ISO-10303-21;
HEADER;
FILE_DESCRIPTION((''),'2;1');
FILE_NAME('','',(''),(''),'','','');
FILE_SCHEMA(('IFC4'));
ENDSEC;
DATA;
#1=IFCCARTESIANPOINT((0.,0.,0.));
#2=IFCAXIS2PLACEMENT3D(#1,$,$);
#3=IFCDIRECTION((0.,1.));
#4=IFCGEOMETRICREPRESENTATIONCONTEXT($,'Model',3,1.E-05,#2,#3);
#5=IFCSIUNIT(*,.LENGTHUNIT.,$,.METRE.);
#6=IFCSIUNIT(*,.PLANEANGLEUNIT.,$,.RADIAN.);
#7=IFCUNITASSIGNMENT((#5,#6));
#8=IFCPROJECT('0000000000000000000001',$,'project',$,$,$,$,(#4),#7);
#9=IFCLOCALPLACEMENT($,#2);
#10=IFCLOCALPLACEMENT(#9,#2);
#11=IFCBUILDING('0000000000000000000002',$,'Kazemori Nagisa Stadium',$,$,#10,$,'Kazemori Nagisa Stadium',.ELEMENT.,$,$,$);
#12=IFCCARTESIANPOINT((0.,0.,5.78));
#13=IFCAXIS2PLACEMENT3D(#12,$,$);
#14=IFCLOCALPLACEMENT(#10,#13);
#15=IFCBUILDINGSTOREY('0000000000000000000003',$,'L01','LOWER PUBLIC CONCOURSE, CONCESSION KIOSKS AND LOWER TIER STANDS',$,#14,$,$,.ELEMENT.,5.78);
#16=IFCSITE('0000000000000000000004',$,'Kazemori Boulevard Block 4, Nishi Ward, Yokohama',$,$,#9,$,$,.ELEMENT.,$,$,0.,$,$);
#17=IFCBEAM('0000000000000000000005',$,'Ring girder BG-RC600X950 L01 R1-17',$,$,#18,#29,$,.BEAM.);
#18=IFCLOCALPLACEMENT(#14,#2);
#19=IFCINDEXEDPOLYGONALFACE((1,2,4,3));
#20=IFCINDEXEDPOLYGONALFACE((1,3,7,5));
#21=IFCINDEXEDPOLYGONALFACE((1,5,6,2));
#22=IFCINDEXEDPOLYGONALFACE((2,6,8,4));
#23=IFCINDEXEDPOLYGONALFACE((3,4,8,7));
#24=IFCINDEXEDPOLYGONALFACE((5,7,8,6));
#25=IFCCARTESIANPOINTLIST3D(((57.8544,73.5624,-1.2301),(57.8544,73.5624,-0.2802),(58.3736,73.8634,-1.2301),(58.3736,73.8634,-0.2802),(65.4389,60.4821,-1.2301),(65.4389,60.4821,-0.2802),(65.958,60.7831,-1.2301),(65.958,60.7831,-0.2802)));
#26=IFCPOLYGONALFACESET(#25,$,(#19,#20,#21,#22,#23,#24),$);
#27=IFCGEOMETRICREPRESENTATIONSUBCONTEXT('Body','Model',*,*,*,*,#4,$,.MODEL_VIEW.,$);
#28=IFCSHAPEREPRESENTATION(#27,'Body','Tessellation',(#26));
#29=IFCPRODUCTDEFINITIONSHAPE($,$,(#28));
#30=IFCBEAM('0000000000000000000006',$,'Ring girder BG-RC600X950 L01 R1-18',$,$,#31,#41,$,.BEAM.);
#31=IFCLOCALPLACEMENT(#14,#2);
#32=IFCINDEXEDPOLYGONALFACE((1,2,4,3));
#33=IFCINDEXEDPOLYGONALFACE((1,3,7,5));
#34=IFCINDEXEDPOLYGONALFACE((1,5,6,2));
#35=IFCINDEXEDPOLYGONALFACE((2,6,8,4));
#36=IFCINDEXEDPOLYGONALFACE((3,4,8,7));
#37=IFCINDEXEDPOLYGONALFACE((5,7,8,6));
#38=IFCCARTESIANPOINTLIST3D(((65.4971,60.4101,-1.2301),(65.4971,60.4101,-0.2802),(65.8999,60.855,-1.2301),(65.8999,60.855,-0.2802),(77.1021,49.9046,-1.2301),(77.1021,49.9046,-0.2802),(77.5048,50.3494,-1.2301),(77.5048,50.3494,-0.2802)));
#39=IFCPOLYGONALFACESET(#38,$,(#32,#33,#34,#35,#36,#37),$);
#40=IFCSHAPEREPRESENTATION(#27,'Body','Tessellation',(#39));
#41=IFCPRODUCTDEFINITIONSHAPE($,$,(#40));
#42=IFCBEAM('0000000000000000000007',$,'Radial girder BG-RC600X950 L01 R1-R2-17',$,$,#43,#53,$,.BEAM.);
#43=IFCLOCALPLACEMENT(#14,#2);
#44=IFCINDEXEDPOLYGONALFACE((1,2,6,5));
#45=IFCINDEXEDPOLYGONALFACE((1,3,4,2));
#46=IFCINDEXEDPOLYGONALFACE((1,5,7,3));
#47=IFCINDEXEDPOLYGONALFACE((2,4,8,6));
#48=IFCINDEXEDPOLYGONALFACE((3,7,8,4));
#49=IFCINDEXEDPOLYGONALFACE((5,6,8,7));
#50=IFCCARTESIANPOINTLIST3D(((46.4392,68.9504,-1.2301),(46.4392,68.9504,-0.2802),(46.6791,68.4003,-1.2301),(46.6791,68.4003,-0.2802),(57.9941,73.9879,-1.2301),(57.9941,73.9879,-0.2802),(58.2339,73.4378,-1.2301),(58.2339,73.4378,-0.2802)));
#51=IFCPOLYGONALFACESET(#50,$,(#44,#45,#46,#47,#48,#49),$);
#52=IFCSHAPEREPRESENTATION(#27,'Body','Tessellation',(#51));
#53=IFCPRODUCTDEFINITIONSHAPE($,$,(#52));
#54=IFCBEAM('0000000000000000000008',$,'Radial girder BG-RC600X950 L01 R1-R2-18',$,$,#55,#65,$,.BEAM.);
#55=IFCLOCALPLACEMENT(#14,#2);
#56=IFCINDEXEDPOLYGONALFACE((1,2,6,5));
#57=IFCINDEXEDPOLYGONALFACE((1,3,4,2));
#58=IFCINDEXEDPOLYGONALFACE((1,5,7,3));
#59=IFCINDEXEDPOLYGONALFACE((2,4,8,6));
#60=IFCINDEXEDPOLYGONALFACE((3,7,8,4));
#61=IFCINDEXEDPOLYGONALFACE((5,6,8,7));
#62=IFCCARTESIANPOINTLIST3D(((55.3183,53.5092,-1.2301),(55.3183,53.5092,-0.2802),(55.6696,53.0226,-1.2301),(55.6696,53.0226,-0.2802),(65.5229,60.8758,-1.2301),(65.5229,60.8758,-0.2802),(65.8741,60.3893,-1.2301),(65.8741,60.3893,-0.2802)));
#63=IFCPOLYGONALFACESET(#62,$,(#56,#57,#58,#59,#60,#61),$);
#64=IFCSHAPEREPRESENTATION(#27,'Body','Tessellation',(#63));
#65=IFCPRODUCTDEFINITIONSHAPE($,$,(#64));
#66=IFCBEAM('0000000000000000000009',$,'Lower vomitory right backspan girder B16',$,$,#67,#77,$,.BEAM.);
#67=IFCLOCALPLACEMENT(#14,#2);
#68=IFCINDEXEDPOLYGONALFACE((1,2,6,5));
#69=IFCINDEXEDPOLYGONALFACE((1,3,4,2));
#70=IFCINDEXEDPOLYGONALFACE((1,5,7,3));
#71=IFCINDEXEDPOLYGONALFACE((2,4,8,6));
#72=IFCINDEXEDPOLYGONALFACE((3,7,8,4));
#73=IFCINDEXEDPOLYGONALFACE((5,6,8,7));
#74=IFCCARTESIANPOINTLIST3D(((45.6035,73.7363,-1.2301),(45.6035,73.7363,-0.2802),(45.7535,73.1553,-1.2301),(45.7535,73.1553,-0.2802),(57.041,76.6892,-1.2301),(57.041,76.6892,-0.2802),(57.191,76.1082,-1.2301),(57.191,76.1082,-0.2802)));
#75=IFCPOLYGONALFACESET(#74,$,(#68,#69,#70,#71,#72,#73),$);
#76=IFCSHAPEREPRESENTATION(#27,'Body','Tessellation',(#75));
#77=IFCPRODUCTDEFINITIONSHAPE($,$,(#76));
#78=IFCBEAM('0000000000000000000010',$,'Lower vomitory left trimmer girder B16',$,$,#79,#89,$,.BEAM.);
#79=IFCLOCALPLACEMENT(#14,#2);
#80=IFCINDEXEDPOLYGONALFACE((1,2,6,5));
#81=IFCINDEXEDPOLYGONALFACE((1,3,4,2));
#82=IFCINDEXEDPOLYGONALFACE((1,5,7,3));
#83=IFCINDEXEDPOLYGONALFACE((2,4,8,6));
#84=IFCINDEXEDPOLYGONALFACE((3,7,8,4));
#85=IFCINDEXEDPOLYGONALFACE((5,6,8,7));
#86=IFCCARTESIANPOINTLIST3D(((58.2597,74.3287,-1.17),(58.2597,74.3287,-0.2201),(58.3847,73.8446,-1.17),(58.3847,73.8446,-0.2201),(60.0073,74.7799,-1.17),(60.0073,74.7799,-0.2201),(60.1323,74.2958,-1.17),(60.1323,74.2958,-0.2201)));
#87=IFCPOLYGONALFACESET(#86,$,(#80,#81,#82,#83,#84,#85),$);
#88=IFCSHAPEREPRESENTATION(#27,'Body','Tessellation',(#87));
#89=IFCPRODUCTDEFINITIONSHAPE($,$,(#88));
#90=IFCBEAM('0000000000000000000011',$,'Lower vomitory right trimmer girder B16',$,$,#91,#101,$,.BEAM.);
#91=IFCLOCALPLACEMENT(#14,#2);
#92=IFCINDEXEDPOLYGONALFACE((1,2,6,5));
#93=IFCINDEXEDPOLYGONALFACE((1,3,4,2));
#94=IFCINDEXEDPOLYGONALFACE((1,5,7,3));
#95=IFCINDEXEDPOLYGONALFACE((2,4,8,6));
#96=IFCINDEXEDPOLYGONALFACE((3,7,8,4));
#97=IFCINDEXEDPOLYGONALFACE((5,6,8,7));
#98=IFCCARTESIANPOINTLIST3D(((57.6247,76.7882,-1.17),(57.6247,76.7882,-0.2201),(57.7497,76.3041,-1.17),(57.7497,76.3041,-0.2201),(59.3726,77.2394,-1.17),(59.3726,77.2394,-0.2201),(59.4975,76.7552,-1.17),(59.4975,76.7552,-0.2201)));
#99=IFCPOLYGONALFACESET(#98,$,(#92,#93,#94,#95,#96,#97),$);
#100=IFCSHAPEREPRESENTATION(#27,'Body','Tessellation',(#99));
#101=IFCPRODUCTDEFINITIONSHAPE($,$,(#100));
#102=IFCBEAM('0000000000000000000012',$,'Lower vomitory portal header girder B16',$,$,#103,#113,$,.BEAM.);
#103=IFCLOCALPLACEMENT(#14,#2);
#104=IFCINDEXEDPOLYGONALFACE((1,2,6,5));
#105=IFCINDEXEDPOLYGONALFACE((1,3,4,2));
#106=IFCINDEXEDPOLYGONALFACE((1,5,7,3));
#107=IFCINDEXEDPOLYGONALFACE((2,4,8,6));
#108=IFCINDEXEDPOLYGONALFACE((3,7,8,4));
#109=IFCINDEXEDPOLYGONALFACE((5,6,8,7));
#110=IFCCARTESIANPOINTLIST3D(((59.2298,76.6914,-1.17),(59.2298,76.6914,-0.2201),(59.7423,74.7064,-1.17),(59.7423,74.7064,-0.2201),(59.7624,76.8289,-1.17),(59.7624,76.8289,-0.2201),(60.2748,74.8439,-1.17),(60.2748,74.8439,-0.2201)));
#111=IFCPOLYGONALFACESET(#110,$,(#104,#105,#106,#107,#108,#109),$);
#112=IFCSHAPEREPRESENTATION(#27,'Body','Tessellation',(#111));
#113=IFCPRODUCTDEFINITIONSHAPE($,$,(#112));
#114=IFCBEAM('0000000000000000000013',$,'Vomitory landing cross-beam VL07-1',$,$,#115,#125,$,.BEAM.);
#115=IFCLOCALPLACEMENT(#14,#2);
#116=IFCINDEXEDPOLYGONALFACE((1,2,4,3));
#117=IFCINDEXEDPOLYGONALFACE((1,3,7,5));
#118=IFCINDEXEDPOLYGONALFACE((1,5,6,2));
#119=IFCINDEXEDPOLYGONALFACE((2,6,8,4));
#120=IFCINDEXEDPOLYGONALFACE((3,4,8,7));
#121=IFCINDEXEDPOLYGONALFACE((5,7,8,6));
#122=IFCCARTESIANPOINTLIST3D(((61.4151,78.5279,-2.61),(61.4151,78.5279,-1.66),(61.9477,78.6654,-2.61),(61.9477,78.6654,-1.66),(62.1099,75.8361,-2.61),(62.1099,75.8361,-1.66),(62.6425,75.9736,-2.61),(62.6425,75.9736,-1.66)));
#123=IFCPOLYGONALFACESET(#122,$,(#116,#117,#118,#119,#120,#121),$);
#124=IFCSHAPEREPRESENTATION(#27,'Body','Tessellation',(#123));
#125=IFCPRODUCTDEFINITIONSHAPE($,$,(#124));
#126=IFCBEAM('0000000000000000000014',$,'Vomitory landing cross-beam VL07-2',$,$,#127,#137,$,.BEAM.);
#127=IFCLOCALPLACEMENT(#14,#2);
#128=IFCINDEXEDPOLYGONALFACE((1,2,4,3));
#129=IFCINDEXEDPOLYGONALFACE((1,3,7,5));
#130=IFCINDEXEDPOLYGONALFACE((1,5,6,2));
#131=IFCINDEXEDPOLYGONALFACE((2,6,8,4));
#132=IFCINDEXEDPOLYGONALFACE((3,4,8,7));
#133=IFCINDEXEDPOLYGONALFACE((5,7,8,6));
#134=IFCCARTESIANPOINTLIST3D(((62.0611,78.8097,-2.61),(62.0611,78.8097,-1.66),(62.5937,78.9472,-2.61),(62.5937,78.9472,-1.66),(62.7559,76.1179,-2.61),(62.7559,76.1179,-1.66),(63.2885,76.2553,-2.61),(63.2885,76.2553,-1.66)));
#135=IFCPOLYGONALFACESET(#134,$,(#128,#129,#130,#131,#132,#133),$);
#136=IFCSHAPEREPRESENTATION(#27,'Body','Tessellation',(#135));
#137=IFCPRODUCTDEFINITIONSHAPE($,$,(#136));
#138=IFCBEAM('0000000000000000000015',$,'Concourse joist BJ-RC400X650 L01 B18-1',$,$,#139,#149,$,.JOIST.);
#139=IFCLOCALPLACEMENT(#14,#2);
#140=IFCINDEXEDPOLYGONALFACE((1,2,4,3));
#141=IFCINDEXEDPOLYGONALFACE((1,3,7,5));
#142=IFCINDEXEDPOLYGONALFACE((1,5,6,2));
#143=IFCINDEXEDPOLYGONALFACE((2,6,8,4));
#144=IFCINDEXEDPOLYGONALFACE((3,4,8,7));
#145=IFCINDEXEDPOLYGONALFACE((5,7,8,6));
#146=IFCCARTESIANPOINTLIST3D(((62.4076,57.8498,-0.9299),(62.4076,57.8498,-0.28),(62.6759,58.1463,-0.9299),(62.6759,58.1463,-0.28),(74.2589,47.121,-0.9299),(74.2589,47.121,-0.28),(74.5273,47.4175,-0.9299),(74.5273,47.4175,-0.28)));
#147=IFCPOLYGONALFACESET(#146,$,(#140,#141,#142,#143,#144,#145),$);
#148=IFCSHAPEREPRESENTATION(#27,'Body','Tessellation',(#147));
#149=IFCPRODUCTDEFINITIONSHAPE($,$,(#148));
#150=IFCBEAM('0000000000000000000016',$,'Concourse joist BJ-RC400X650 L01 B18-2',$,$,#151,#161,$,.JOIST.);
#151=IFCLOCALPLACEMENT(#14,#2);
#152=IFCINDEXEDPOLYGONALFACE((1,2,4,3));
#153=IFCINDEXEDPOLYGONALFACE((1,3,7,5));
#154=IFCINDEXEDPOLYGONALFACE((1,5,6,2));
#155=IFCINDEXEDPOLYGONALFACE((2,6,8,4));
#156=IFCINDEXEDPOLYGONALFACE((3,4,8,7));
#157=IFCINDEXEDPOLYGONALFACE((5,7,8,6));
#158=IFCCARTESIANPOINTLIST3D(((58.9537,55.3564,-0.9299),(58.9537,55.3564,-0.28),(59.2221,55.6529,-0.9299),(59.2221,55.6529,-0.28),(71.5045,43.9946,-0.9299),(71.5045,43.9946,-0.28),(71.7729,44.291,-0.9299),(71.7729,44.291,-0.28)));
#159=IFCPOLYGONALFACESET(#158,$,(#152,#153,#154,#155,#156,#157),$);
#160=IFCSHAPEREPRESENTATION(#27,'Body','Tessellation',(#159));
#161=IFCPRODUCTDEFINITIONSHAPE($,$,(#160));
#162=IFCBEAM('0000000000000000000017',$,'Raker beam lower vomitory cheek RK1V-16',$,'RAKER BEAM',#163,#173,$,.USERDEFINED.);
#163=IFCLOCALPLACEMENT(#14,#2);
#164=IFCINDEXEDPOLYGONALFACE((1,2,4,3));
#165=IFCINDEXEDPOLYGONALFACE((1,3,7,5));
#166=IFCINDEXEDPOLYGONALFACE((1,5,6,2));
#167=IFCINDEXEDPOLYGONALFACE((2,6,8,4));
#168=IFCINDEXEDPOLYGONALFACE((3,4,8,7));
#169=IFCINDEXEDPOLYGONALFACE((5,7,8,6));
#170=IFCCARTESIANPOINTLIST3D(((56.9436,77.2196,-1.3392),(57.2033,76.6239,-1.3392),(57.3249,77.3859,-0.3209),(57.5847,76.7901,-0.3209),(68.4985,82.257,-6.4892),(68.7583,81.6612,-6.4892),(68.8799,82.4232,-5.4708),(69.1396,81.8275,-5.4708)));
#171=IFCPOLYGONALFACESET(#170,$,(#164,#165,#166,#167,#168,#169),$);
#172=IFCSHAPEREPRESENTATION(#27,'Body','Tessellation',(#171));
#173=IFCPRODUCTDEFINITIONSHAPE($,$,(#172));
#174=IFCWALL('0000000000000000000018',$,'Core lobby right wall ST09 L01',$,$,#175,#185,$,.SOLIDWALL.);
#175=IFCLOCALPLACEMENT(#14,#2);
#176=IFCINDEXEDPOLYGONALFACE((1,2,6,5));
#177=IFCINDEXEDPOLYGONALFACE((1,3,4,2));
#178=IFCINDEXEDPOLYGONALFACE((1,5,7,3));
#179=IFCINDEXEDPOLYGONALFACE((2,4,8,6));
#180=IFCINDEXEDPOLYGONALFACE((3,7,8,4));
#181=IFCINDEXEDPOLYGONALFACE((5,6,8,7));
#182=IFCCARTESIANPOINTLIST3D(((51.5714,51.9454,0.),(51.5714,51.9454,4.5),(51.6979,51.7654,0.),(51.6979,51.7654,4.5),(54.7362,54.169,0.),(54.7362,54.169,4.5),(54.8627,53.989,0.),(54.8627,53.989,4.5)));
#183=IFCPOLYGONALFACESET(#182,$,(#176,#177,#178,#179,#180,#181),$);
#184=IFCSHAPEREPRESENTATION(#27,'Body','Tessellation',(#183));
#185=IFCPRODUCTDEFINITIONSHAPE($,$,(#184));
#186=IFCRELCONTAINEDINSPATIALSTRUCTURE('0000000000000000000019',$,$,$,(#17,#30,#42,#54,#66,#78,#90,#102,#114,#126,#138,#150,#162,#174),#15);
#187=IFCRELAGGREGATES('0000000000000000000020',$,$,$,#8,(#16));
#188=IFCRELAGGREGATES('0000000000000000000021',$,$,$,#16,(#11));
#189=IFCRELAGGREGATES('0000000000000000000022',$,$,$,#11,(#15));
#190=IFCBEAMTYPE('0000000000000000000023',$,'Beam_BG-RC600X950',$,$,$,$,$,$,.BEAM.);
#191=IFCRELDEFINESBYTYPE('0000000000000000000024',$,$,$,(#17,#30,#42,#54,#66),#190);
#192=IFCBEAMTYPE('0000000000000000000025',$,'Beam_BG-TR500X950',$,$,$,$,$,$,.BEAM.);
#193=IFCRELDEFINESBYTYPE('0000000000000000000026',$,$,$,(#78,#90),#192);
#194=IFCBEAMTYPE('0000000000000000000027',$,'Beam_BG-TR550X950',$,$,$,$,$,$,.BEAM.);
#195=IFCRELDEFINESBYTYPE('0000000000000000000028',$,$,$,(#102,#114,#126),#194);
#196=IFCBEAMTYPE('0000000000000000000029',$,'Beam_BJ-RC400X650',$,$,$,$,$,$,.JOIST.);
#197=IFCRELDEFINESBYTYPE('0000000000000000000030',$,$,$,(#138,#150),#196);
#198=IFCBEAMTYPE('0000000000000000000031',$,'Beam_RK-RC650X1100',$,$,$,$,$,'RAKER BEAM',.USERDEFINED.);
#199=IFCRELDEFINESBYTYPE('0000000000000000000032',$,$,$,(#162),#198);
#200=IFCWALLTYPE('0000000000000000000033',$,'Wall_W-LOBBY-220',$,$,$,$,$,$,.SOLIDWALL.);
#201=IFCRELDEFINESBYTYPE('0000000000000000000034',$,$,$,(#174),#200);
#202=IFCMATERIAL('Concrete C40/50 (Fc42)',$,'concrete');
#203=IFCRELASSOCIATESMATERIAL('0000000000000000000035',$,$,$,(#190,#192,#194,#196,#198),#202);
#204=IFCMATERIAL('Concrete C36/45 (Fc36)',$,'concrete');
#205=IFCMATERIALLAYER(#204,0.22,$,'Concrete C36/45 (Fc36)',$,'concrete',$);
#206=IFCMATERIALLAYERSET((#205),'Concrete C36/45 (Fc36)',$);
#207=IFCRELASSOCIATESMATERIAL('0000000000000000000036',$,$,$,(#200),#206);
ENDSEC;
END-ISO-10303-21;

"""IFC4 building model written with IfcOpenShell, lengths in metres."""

from ifc_helpers import new_model, si_unit, direction, frame, frame_2d, origin, origin_2d, place, context, subcontext, project, spatial, rectangle, extrude, material, layer, layer_set, material_profile, profile_set, type_object, element, save


model = new_model("IFC4")

# Units and contexts
model_context = context("Model", 3, precision=1e-05, world=origin(), true_north=direction((0.0, 1.0)))
body_context = subcontext(model_context, "Body", "Model", "MODEL_VIEW")
ifc_project = project(units=[si_unit("LENGTHUNIT", "METRE"), si_unit("PLANEANGLEUNIT", "RADIAN")], contexts=[model_context])

# Site, building, storey
site_placement = place(None, origin())
site = spatial("IfcSite", under=ifc_project, at=site_placement, Name="Kazemori Boulevard Block 4, Nishi Ward, Yokohama", CompositionType="ELEMENT", RefElevation=0.0)
building_placement = place(site_placement, origin())
building = spatial("IfcBuilding", under=site, at=building_placement, Name="Kazemori Nagisa Stadium", LongName="Kazemori Nagisa Stadium", CompositionType="ELEMENT")
storey_placement = place(building_placement, frame((0.0, 0.0, 5.78)))
storey = spatial("IfcBuildingStorey", under=building, at=storey_placement, Name="L01", Description="LOWER PUBLIC CONCOURSE, CONCESSION KIOSKS AND LOWER TIER STANDS", CompositionType="ELEMENT", Elevation=5.78)

# Shared definitions
ifc_material_1 = material(Name="Concrete C40/50 (Fc42)", Category="concrete")

# Beams
ifc_material_profile_1 = material_profile(ifc_material_1, rectangle(XDim=0.6001, YDim=0.95, at=origin_2d()), Name="RC-BM-600x950")
ifc_profile_set_1 = profile_set([ifc_material_profile_1], Name="Concrete C40/50 (Fc42)")
beam_type_1 = type_object("IfcBeamType", Name="Beam_BG-RC600X950", PredefinedType="BEAM", material=ifc_profile_set_1)
beam_1_placement = place(storey_placement, frame((58.114, 73.7129, -0.7551), z_axis=(0.501613, -0.865092, 0.0), x_axis=(0.865092, 0.501613, 0.0)))
element("IfcBeam", 1, at=beam_1_placement, inside=storey, type_object=beam_type_1, Name="Ring girder BG-RC600X950 L01 R1-17", PredefinedType="BEAM", context=body_context, shape_type="SweptSolid", body=[
    extrude(rectangle(XDim=0.6001, YDim=0.95, at=origin_2d()), origin(), (0.0, 0.0, 1.0), 15.1201),
])
beam_2_placement = place(storey_placement, frame((65.6985, 60.6326, -0.7551), z_axis=(0.741349, -0.67112, 0.0), x_axis=(0.67112, 0.741349, 0.0)))
element("IfcBeam", 2, at=beam_2_placement, inside=storey, type_object=beam_type_1, Name="Ring girder BG-RC600X950 L01 R1-18", PredefinedType="BEAM", context=body_context, shape_type="SweptSolid", body=[
    extrude(rectangle(XDim=0.6001, YDim=0.95, at=origin_2d()), origin(), (0.0, 0.0, 1.0), 15.6538),
])
beam_3_placement = place(storey_placement, frame((58.114, 73.7129, -0.7551), z_axis=(-0.916672, -0.399641, 0.0), x_axis=(0.399641, -0.916672, 0.0)))
element("IfcBeam", 3, at=beam_3_placement, inside=storey, type_object=beam_type_1, Name="Radial girder BG-RC600X950 L01 R1-R2-17", PredefinedType="BEAM", context=body_context, shape_type="SweptSolid", body=[
    extrude(rectangle(XDim=0.6001, YDim=0.95, at=origin_2d()), origin(), (0.0, 0.0, 1.0), 12.6052),
])
beam_4_placement = place(storey_placement, frame((65.6985, 60.6326, -0.7551), z_axis=(-0.810803, -0.585319, 0.0), x_axis=(0.585319, -0.810803, 0.0)))
element("IfcBeam", 4, at=beam_4_placement, inside=storey, type_object=beam_type_1, Name="Radial girder BG-RC600X950 L01 R1-R2-18", PredefinedType="BEAM", context=body_context, shape_type="SweptSolid", body=[
    extrude(rectangle(XDim=0.6001, YDim=0.95, at=origin_2d()), origin(), (0.0, 0.0, 1.0), 12.5857),
])
beam_5_placement = place(storey_placement, frame((57.116, 76.3987, -0.7551), z_axis=(-0.968251, -0.249979, 0.0), x_axis=(0.249979, -0.968251, 0.0)))
element("IfcBeam", 5, at=beam_5_placement, inside=storey, type_object=beam_type_1, Name="Lower vomitory right backspan girder B16", PredefinedType="BEAM", context=body_context, shape_type="SweptSolid", body=[
    extrude(rectangle(XDim=0.6001, YDim=0.95, at=origin_2d()), origin(), (0.0, 0.0, 1.0), 11.8125),
])
ifc_material_profile_2 = material_profile(ifc_material_1, rectangle(XDim=0.5, YDim=0.95, at=origin_2d()), Name="RC-BM-500x950")
ifc_profile_set_2 = profile_set([ifc_material_profile_2], Name="Concrete C40/50 (Fc42)")
beam_type_2 = type_object("IfcBeamType", Name="Beam_BG-TR500X950", PredefinedType="BEAM", material=ifc_profile_set_2)
beam_6_placement = place(storey_placement, frame((60.0698, 74.5378, -0.6951), z_axis=(-0.968252, -0.249976, 0.0), x_axis=(0.249976, -0.968252, 0.0)))
element("IfcBeam", 6, at=beam_6_placement, inside=storey, type_object=beam_type_2, Name="Lower vomitory left trimmer girder B16", PredefinedType="BEAM", context=body_context, shape_type="SweptSolid", body=[
    extrude(rectangle(XDim=0.5, YDim=0.95, at=origin_2d()), origin(), (0.0, 0.0, 1.0), 1.8049),
])
beam_7_placement = place(storey_placement, frame((59.4351, 76.9973, -0.6951), z_axis=(-0.96826, -0.249943, 0.0), x_axis=(0.249943, -0.96826, 0.0)))
element("IfcBeam", 7, at=beam_7_placement, inside=storey, type_object=beam_type_2, Name="Lower vomitory right trimmer girder B16", PredefinedType="BEAM", context=body_context, shape_type="SweptSolid", body=[
    extrude(rectangle(XDim=0.5, YDim=0.95, at=origin_2d()), origin(), (0.0, 0.0, 1.0), 1.8052),
])
ifc_material_profile_3 = material_profile(ifc_material_1, rectangle(XDim=0.55, YDim=0.95, at=origin_2d()), Name="RC-BM-550x950")
ifc_profile_set_3 = profile_set([ifc_material_profile_3], Name="Concrete C40/50 (Fc42)")
beam_type_3 = type_object("IfcBeamType", Name="Beam_BG-TR550X950", PredefinedType="BEAM", material=ifc_profile_set_3)
beam_8_placement = place(storey_placement, frame((60.0085, 74.7751, -0.6951), z_axis=(-0.249982, 0.96825, 0.0), x_axis=(-0.96825, -0.249982, 0.0)))
element("IfcBeam", 8, at=beam_8_placement, inside=storey, type_object=beam_type_3, Name="Lower vomitory portal header girder B16", PredefinedType="BEAM", context=body_context, shape_type="SweptSolid", body=[
    extrude(rectangle(XDim=0.55, YDim=0.95, at=origin_2d()), origin(), (0.0, 0.0, 1.0), 2.05),
])
for number, where, z_axis, x_axis, name in (
    (9, (61.6814, 78.5967, -2.135), (0.249926, -0.968265, 0.0), (0.968265, 0.249926, 0.0), "Vomitory landing cross-beam VL07-1"),
    (10, (62.3274, 78.8784, -2.135), (0.249926, -0.968265, 0.0), (0.968265, 0.249926, 0.0), "Vomitory landing cross-beam VL07-2"),
):
    element("IfcBeam", number, at=place(storey_placement, frame(where, z_axis=z_axis, x_axis=x_axis)), inside=storey, type_object=beam_type_3, Name=name, PredefinedType="BEAM", context=body_context, shape_type="SweptSolid", body=[
        extrude(rectangle(XDim=0.55, YDim=0.95, at=origin_2d()), origin(), (0.0, 0.0, 1.0), 2.78),
    ])
ifc_material_profile_4 = material_profile(ifc_material_1, rectangle(XDim=0.3999, YDim=0.6499, at=origin_2d()), Name="RC-BM-400x650")
ifc_profile_set_4 = profile_set([ifc_material_profile_4], Name="Concrete C40/50 (Fc42)")
beam_type_4 = type_object("IfcBeamType", Name="Beam_BJ-RC400X650", PredefinedType="JOIST", material=ifc_profile_set_4)
beam_9_placement = place(storey_placement, frame((62.5417, 57.998, -0.605), z_axis=(0.741345, -0.671124, 0.0), x_axis=(0.671124, 0.741345, 0.0)))
element("IfcBeam", 11, at=beam_9_placement, inside=storey, type_object=beam_type_4, Name="Concourse joist BJ-RC400X650 L01 B18-1", PredefinedType="JOIST", context=body_context, shape_type="SweptSolid", body=[
    extrude(rectangle(XDim=0.3999, YDim=0.6499, at=origin_2d()), origin(), (0.0, 0.0, 1.0), 15.9863),
])
beam_10_placement = place(storey_placement, frame((59.0879, 55.5046, -0.605), z_axis=(0.741349, -0.671119, 0.0), x_axis=(0.671119, 0.741349, 0.0)))
element("IfcBeam", 12, at=beam_10_placement, inside=storey, type_object=beam_type_4, Name="Concourse joist BJ-RC400X650 L01 B18-2", PredefinedType="JOIST", context=body_context, shape_type="SweptSolid", body=[
    extrude(rectangle(XDim=0.3999, YDim=0.6499, at=origin_2d()), origin(), (0.0, 0.0, 1.0), 16.9297),
])
ifc_material_profile_5 = material_profile(ifc_material_1, rectangle(XDim=0.6499, YDim=1.1001, at=origin_2d()), Name="RC-RK-650x1100")
ifc_profile_set_5 = profile_set([ifc_material_profile_5], Name="Concrete C40/50 (Fc42)")
beam_type_5 = type_object("IfcBeamType", Name="Beam_RK-RC650X1100", ElementType="RAKER BEAM", PredefinedType="USERDEFINED", material=ifc_profile_set_5)
beam_11_placement = place(storey_placement, frame((68.8191, 82.0422, -5.98), z_axis=(-0.848589, -0.369941, 0.378207), x_axis=(0.399625, -0.916679, 0.0)))
element("IfcBeam", 13, at=beam_11_placement, inside=storey, type_object=beam_type_5, Name="Raker beam lower vomitory cheek RK1V-16", ObjectType="RAKER BEAM", PredefinedType="USERDEFINED", context=body_context, shape_type="SweptSolid", body=[
    extrude(rectangle(XDim=0.6499, YDim=1.1001, at=origin_2d()), origin(), (0.0, 0.0, 1.0), 13.6167),
])

# Wall
ifc_material_2 = material(Name="Concrete C36/45 (Fc36)", Category="concrete")
ifc_layer = layer(ifc_material_2, 0.22, Name="Concrete C36/45 (Fc36)", Category="concrete")
ifc_layer_set = layer_set([ifc_layer], Name="Concrete C36/45 (Fc36)")
wall_type = type_object("IfcWallType", Name="Wall_W-LOBBY-220", PredefinedType="SOLIDWALL", material=ifc_layer_set)
wall_placement = place(storey_placement, frame((54.7996, 54.0791, 0.0), z_axis=(0.0, 0.0, 1.0), x_axis=(-0.818225, -0.574898, 0.0)))
element("IfcWall", 14, at=wall_placement, inside=storey, type_object=wall_type, Name="Core lobby right wall ST09 L01", PredefinedType="SOLIDWALL", context=body_context, shape_type="SweptSolid", body=[
    extrude(rectangle(XDim=3.8679, YDim=0.22, at=frame_2d((1.9341, 0.0))), origin(), (0.0, 0.0, 1.0), 4.5),
])

save(model, "model.ifc")
